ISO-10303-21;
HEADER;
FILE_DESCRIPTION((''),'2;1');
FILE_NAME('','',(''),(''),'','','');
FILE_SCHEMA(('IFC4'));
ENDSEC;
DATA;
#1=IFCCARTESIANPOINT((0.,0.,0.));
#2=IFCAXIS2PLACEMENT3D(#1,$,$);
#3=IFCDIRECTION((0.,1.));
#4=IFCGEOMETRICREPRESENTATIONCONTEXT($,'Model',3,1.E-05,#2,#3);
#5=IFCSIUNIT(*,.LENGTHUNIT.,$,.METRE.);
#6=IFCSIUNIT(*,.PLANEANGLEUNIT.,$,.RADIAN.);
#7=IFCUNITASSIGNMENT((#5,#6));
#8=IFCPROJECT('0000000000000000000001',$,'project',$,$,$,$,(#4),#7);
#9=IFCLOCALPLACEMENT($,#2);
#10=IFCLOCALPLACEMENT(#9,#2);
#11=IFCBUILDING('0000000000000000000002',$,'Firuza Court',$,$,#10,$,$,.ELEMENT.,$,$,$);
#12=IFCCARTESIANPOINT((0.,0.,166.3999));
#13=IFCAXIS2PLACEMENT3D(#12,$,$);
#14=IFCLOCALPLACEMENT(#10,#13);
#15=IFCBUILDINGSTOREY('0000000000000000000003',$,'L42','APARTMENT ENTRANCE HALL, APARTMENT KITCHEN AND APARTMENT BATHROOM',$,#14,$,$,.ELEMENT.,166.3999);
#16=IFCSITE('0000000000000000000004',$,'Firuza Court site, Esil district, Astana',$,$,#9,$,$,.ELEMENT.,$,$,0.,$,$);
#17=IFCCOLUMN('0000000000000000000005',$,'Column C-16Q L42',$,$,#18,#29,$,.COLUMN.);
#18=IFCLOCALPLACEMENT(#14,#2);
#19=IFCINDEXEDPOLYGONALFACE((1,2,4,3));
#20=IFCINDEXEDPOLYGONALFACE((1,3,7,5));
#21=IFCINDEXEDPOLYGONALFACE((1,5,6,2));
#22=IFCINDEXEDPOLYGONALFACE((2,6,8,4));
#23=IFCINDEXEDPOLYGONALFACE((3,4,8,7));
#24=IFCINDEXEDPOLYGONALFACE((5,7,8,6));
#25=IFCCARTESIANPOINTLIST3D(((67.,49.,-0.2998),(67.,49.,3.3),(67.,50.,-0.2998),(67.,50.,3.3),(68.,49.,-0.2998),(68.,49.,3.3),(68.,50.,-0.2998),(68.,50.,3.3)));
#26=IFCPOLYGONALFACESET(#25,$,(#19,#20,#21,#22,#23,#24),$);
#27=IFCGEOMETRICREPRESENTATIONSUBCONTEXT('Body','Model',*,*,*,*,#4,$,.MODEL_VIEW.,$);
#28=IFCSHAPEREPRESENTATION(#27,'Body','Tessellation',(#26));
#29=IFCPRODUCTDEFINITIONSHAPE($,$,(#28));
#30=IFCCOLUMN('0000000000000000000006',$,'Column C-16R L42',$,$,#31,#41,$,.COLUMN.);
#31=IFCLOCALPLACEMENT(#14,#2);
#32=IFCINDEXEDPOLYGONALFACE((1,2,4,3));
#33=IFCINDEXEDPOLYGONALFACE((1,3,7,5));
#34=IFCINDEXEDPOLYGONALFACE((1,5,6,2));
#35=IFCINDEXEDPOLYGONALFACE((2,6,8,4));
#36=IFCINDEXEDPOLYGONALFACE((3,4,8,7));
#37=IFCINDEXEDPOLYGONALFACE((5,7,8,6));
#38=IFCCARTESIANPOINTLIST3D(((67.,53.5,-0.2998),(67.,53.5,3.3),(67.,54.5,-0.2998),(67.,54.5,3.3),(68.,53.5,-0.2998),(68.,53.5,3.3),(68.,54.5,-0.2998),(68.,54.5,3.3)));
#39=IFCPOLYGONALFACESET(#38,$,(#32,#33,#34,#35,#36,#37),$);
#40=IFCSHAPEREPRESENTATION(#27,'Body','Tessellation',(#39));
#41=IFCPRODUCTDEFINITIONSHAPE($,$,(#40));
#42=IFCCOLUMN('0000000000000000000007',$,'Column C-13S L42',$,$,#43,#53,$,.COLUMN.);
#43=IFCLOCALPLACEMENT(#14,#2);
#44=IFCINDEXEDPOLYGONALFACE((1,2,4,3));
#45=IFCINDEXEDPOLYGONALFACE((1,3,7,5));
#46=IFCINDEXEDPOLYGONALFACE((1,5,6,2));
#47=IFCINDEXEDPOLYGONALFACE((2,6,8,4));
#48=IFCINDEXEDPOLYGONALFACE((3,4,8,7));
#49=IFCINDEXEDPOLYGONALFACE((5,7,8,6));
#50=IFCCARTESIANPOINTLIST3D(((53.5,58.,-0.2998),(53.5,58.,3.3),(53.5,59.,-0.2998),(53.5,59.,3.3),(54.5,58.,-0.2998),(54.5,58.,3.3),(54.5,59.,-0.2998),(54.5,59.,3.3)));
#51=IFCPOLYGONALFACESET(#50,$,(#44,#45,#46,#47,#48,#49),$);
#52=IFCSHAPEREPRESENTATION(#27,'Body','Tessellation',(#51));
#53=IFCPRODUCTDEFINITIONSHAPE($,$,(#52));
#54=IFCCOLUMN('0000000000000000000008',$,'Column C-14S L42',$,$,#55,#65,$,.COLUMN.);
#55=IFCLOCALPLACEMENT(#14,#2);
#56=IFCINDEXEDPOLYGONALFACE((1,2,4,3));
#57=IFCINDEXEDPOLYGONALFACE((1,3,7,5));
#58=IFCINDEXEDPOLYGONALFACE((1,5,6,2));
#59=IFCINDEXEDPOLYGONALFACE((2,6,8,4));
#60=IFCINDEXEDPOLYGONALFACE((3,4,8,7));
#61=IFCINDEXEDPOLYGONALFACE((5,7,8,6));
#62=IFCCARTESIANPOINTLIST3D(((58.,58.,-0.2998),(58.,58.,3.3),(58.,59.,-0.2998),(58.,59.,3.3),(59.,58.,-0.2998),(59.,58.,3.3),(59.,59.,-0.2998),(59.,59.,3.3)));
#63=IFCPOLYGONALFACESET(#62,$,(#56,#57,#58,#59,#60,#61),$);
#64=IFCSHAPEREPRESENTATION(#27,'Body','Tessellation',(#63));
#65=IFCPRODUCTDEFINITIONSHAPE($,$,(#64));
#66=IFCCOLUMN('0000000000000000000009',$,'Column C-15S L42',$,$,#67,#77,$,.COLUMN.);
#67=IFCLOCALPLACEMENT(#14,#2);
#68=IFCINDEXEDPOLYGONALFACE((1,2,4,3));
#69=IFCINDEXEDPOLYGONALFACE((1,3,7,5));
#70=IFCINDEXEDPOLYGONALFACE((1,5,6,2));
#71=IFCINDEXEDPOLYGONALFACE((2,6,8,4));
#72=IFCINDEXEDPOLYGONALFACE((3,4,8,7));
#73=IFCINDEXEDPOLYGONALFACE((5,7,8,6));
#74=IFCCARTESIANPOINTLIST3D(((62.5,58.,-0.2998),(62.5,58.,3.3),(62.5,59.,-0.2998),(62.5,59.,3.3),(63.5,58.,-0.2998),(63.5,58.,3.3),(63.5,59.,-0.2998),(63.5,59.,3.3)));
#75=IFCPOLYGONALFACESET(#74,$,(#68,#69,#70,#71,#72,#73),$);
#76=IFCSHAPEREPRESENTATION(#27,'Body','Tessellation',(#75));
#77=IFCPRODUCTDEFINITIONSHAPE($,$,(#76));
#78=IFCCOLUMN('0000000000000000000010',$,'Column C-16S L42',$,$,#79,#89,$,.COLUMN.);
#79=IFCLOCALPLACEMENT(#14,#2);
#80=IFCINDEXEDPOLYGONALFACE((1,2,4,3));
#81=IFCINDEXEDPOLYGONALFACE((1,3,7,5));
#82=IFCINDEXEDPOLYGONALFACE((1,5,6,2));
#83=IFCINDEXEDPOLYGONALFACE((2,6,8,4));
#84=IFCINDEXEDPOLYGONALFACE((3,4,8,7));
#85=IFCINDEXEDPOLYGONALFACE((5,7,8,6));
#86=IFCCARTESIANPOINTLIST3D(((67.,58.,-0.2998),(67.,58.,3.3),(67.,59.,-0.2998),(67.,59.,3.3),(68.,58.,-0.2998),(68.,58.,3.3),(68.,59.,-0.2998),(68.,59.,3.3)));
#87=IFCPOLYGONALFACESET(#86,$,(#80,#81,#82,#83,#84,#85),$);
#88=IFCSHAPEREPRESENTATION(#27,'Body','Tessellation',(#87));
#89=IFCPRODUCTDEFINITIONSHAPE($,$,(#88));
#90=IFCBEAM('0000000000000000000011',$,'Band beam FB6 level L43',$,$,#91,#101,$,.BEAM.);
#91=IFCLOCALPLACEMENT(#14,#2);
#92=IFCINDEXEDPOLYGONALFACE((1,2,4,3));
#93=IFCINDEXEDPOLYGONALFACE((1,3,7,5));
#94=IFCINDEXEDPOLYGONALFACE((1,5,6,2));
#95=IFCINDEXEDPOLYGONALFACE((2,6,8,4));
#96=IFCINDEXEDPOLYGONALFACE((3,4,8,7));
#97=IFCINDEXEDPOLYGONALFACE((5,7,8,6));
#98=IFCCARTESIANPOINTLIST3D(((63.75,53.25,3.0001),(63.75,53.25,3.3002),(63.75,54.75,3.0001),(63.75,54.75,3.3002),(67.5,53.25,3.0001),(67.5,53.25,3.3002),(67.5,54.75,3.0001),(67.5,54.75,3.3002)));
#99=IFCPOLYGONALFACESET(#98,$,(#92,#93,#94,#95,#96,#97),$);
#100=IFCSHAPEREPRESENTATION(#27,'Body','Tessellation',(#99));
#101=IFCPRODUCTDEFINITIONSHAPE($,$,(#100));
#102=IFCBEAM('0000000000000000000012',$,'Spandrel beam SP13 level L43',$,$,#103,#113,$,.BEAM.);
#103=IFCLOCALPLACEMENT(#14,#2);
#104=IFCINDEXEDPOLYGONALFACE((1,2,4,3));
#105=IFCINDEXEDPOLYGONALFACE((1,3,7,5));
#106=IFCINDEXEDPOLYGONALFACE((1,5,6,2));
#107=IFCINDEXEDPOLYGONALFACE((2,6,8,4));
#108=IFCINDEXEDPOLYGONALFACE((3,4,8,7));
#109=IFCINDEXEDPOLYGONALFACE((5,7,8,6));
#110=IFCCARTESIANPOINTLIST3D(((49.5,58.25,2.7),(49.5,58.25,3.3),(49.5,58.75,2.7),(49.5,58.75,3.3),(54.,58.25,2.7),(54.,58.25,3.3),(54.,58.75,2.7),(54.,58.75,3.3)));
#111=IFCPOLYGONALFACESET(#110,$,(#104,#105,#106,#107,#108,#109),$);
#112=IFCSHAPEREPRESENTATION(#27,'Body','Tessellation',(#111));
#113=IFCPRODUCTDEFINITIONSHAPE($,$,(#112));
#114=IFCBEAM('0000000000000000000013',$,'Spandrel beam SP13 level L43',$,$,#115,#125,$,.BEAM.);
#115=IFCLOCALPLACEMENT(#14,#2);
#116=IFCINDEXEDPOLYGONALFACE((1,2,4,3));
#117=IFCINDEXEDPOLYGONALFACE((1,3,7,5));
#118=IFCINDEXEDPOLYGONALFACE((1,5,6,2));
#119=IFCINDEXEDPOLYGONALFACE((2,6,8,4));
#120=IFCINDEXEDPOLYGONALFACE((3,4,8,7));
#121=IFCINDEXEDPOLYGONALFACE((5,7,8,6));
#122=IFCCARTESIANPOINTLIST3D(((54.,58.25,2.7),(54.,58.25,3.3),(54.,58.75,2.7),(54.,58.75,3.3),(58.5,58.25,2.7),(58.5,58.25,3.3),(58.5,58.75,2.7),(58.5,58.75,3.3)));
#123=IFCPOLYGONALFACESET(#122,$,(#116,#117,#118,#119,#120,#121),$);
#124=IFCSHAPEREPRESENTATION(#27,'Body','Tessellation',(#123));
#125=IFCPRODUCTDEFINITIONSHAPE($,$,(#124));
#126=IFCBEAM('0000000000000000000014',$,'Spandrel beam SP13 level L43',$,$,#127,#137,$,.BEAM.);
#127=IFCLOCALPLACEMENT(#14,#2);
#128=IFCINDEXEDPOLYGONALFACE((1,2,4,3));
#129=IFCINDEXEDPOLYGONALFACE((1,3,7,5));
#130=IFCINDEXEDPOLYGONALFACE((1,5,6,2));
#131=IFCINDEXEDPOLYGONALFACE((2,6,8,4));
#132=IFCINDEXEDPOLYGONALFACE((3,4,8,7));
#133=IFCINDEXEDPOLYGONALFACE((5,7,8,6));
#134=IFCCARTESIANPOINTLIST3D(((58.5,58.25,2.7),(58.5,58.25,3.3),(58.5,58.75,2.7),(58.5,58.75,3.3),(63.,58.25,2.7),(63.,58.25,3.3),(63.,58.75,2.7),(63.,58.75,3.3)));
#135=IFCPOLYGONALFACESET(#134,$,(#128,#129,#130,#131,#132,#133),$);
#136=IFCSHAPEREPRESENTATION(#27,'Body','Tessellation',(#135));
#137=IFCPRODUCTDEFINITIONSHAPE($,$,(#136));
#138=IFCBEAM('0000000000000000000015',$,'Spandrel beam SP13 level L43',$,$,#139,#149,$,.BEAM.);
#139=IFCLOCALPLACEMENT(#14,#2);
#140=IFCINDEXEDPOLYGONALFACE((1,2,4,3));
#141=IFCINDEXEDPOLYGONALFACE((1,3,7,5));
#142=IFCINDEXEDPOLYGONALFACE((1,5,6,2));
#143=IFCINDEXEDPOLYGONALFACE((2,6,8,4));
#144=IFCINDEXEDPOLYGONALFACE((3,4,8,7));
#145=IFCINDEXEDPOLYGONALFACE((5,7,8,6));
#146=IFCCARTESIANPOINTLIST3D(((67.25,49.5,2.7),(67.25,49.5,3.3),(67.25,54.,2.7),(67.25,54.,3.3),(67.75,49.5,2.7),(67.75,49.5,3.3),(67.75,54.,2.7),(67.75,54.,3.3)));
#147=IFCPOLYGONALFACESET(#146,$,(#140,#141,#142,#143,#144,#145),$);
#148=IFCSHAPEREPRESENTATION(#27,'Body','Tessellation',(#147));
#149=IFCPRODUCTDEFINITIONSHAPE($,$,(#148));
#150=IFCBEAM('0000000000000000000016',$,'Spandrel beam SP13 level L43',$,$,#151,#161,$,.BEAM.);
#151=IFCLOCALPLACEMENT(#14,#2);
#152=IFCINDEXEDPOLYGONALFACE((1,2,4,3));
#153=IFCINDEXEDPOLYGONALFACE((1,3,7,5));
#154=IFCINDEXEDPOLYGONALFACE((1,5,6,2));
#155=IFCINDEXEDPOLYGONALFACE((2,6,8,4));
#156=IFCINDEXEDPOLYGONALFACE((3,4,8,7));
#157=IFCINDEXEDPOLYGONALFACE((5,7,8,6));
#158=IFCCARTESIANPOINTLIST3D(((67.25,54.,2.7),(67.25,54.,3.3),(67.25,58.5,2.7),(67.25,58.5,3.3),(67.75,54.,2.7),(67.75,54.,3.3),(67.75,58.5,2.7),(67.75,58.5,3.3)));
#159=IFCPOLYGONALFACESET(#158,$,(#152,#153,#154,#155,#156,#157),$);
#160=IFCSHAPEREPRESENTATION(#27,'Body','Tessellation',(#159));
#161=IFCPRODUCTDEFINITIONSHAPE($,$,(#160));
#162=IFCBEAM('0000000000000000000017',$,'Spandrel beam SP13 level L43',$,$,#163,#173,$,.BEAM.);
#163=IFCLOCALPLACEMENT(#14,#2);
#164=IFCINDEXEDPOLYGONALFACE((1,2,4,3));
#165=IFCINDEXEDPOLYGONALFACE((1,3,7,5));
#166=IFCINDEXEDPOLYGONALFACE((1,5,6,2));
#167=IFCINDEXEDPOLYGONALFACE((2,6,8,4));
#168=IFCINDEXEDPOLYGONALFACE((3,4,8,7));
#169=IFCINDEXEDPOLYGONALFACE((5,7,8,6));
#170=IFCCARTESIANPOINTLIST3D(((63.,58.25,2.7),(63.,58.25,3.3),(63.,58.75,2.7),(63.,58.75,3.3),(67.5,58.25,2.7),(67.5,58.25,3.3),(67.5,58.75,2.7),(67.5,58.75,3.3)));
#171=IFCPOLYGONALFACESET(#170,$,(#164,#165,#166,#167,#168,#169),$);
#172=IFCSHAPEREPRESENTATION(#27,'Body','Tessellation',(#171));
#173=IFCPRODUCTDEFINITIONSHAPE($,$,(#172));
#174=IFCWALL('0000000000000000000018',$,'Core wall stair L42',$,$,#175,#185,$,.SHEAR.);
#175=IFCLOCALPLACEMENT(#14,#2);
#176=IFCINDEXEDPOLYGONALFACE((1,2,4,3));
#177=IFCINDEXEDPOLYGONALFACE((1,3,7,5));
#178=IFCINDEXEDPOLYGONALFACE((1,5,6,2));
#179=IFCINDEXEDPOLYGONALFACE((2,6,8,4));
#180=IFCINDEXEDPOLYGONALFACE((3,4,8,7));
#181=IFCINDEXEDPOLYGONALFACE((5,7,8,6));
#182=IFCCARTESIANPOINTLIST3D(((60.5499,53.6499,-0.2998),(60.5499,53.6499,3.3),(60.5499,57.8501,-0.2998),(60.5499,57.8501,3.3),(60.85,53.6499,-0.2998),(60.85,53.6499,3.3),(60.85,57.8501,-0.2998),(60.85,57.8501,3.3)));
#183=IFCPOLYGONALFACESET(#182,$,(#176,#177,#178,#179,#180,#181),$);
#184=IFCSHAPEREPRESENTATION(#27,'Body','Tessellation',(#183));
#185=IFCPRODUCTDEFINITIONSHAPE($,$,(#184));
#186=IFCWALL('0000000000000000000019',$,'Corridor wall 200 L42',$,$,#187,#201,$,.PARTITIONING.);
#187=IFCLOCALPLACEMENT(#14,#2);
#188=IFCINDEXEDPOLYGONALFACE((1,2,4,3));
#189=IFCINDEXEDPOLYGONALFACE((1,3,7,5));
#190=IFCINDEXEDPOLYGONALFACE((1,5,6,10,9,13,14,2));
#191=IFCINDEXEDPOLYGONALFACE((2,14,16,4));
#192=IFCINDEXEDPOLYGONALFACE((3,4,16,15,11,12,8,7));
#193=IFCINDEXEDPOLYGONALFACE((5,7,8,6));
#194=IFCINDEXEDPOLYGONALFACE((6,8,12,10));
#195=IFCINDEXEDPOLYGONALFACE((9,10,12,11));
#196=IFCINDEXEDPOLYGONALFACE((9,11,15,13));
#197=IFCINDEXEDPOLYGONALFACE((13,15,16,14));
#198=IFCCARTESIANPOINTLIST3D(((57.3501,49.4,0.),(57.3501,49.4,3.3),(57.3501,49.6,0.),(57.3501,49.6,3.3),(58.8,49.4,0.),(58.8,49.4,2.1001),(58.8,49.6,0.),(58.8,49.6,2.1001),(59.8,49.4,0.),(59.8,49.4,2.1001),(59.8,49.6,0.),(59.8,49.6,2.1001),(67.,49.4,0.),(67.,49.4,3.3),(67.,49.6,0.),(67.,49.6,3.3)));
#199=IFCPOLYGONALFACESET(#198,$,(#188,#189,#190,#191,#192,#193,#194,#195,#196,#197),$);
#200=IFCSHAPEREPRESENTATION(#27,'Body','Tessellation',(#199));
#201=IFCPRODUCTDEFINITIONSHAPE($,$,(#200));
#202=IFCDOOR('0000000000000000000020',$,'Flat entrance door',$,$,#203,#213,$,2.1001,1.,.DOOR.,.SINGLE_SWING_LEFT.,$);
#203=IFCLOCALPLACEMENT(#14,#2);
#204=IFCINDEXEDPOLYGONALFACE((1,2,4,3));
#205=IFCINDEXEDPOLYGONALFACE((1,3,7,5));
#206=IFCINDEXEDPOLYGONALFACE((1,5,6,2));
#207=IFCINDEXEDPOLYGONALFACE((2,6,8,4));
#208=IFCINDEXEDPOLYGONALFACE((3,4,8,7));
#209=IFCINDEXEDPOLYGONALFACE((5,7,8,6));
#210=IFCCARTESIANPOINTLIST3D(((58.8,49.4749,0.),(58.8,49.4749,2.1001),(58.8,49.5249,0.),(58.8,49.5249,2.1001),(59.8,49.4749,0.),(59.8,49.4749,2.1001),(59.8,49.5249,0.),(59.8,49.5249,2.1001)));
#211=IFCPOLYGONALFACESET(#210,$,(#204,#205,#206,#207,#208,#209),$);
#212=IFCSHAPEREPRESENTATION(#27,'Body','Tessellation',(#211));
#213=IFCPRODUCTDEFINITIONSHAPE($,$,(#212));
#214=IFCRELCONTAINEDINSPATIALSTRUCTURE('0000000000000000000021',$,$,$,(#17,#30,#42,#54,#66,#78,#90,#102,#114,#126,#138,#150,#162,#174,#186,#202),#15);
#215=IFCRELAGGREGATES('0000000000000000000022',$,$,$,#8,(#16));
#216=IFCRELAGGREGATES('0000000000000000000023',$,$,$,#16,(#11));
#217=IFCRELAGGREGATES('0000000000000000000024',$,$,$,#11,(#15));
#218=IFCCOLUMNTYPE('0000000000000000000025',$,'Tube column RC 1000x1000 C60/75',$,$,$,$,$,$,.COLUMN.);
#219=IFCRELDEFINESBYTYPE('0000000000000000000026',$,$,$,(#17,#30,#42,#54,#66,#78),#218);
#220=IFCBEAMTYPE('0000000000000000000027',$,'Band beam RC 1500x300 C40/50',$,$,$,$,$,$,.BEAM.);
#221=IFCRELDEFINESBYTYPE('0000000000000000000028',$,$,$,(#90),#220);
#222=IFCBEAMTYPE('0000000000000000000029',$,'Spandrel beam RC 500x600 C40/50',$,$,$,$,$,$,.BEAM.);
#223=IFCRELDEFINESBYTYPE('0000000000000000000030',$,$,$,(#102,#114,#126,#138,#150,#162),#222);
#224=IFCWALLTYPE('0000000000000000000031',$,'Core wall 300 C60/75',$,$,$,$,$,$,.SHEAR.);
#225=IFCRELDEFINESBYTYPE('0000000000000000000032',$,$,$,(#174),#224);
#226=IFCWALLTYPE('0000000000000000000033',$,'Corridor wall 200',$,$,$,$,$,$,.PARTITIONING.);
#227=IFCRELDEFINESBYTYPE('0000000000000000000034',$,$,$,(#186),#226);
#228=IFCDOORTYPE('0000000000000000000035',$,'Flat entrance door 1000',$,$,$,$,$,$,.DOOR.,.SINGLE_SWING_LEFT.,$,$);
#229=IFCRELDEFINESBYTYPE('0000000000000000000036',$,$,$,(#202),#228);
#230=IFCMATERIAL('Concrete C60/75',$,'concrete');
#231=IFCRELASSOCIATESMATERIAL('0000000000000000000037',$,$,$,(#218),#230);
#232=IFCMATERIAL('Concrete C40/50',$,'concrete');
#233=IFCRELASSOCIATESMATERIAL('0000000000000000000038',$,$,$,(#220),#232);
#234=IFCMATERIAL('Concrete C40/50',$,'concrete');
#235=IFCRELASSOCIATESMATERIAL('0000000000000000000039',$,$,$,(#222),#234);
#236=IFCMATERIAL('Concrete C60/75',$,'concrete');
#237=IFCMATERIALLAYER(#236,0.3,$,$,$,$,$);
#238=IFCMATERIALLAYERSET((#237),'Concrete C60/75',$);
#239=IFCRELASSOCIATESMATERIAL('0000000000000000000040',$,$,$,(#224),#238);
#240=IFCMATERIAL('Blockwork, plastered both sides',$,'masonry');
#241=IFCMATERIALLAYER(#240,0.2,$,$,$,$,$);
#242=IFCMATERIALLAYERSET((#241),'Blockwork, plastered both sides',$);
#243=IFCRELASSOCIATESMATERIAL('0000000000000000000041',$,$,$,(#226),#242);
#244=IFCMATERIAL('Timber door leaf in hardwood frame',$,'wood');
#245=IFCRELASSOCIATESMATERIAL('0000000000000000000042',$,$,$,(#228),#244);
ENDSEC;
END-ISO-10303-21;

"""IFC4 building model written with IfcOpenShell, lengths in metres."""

from ifc_helpers import new_model, si_unit, direction, frame, frame_2d, origin, origin_2d, place, context, subcontext, project, spatial, rectangle, extrude, material, layer, layer_set, material_profile, profile_set, type_object, element, fill, save


model = new_model("IFC4")

# Units and contexts
model_context = context("Model", 3, precision=1e-05, world=origin(), true_north=direction((0.0, 1.0)))
body_context = subcontext(model_context, "Body", "Model", "MODEL_VIEW")
ifc_project = project(units=[si_unit("LENGTHUNIT", "METRE"), si_unit("PLANEANGLEUNIT", "RADIAN")], contexts=[model_context])

# Site, building, storey
site_placement = place(None, origin())
site = spatial("IfcSite", under=ifc_project, at=site_placement, Name="Firuza Court site, Esil district, Astana", CompositionType="ELEMENT", RefElevation=0.0)
building_placement = place(site_placement, origin())
building = spatial("IfcBuilding", under=site, at=building_placement, Name="Firuza Court", CompositionType="ELEMENT")
storey_placement = place(building_placement, frame((0.0, 0.0, 166.3999)))
storey = spatial("IfcBuildingStorey", under=building, at=storey_placement, Name="L42", Description="APARTMENT ENTRANCE HALL, APARTMENT KITCHEN AND APARTMENT BATHROOM", CompositionType="ELEMENT", Elevation=166.3999)

# Columns
ifc_material_1 = material(Name="Concrete C60/75", Category="concrete")
ifc_material_profile_1 = material_profile(ifc_material_1, rectangle(XDim=1.0, YDim=1.0, at=origin_2d()), Name="RC 1000x1000")
ifc_profile_set_1 = profile_set([ifc_material_profile_1], Name="Concrete C60/75")
column_type = type_object("IfcColumnType", Name="Tube column RC 1000x1000 C60/75", PredefinedType="COLUMN", material=ifc_profile_set_1)
for number, where, z_axis, x_axis, name in (
    (1, (67.5, 49.5, -0.2998), (0.0, 0.0, 1.0), (1.0, 0.0, 0.0), "Column C-16Q L42"),
    (2, (67.5, 54.0, -0.2998), (0.0, 0.0, 1.0), (1.0, 0.0, 0.0), "Column C-16R L42"),
    (3, (54.0, 58.5, -0.2998), (0.0, 0.0, 1.0), (1.0, 0.0, 0.0), "Column C-13S L42"),
    (4, (58.5, 58.5, -0.2998), (0.0, 0.0, 1.0), (1.0, 0.0, 0.0), "Column C-14S L42"),
    (5, (63.0, 58.5, -0.2998), (0.0, 0.0, 1.0), (1.0, 0.0, 0.0), "Column C-15S L42"),
    (6, (67.5, 58.5, -0.2998), (0.0, 0.0, 1.0), (1.0, 0.0, 0.0), "Column C-16S L42"),
):
    element("IfcColumn", number, at=place(storey_placement, frame(where, z_axis=z_axis, x_axis=x_axis)), inside=storey, type_object=column_type, Name=name, PredefinedType="COLUMN", context=body_context, shape_type="SweptSolid", body=[
        extrude(rectangle(XDim=1.0, YDim=1.0, at=origin_2d()), origin(), (0.0, 0.0, 1.0), 3.5999),
    ])

# Beams
ifc_material_2 = material(Name="Concrete C40/50", Category="concrete")
ifc_material_profile_2 = material_profile(ifc_material_2, rectangle(XDim=1.5, YDim=0.3, at=origin_2d()), Name="RC 1500x300")
ifc_profile_set_2 = profile_set([ifc_material_profile_2], Name="Concrete C40/50")
beam_type_1 = type_object("IfcBeamType", Name="Band beam RC 1500x300 C40/50", PredefinedType="BEAM", material=ifc_profile_set_2)
beam_placement = place(storey_placement, frame((67.5, 54.0, 3.1501), z_axis=(-1.0, 0.0, 0.0), x_axis=(0.0, -1.0, 0.0)))
element("IfcBeam", 7, at=beam_placement, inside=storey, type_object=beam_type_1, Name="Band beam FB6 level L43", PredefinedType="BEAM", context=body_context, shape_type="SweptSolid", body=[
    extrude(rectangle(XDim=1.5, YDim=0.3, at=origin_2d()), origin(), (0.0, 0.0, 1.0), 3.75),
])
ifc_material_3 = material(Name="Concrete C40/50", Category="concrete")
ifc_material_profile_3 = material_profile(ifc_material_3, rectangle(XDim=0.5, YDim=0.6001, at=origin_2d()), Name="RC 500x600")
ifc_profile_set_3 = profile_set([ifc_material_profile_3], Name="Concrete C40/50")
beam_type_2 = type_object("IfcBeamType", Name="Spandrel beam RC 500x600 C40/50", PredefinedType="BEAM", material=ifc_profile_set_3)
for number, where, z_axis, x_axis, name in (
    (8, (54.0, 58.5, 3.0), (-1.0, 0.0, 0.0), (0.0, -1.0, 0.0), "Spandrel beam SP13 level L43"),
    (9, (58.5, 58.5, 3.0), (-1.0, 0.0, 0.0), (0.0, -1.0, 0.0), "Spandrel beam SP13 level L43"),
    (10, (63.0, 58.5, 3.0), (-1.0, 0.0, 0.0), (0.0, -1.0, 0.0), "Spandrel beam SP13 level L43"),
    (11, (67.5, 49.5, 3.0), (0.0, 1.0, 0.0), (-1.0, 0.0, 0.0), "Spandrel beam SP13 level L43"),
    (12, (67.5, 54.0, 3.0), (0.0, 1.0, 0.0), (-1.0, 0.0, 0.0), "Spandrel beam SP13 level L43"),
    (13, (67.5, 58.5, 3.0), (-1.0, 0.0, 0.0), (0.0, -1.0, 0.0), "Spandrel beam SP13 level L43"),
):
    element("IfcBeam", number, at=place(storey_placement, frame(where, z_axis=z_axis, x_axis=x_axis)), inside=storey, type_object=beam_type_2, Name=name, PredefinedType="BEAM", context=body_context, shape_type="SweptSolid", body=[
        extrude(rectangle(XDim=0.5, YDim=0.6001, at=origin_2d()), origin(), (0.0, 0.0, 1.0), 4.5),
    ])

# Wall
ifc_material_4 = material(Name="Concrete C60/75", Category="concrete")
ifc_layer_1 = layer(ifc_material_4, 0.3)
ifc_layer_set_1 = layer_set([ifc_layer_1], Name="Concrete C60/75")
wall_type_1 = type_object("IfcWallType", Name="Core wall 300 C60/75", PredefinedType="SHEAR", material=ifc_layer_set_1)
wall_1_placement = place(storey_placement, frame((60.7, 53.6499, -0.2998), z_axis=(0.0, 0.0, 1.0), x_axis=(0.0, 1.0, 0.0)))
element("IfcWall", 14, at=wall_1_placement, inside=storey, type_object=wall_type_1, Name="Core wall stair L42", PredefinedType="SHEAR", context=body_context, shape_type="SweptSolid", body=[
    extrude(rectangle(XDim=4.2002, YDim=0.3, at=frame_2d((2.1001, 0.0))), origin(), (0.0, 0.0, 1.0), 3.5999),
])

# Wall, opening, door
ifc_material_5 = material(Name="Blockwork, plastered both sides", Category="masonry")
ifc_layer_2 = layer(ifc_material_5, 0.2)
ifc_layer_set_2 = layer_set([ifc_layer_2], Name="Blockwork, plastered both sides")
wall_type_2 = type_object("IfcWallType", Name="Corridor wall 200", PredefinedType="PARTITIONING", material=ifc_layer_set_2)
wall_2_placement = place(storey_placement, frame((57.3501, 49.5, 0.0), z_axis=(0.0, 0.0, 1.0), x_axis=(1.0, 0.0, 0.0)))
wall_2 = element("IfcWall", 15, at=wall_2_placement, inside=storey, type_object=wall_type_2, Name="Corridor wall 200 L42", PredefinedType="PARTITIONING", context=body_context, shape_type="SweptSolid", body=[
    extrude(rectangle(XDim=9.6499, YDim=0.2, at=frame_2d((4.825, 0.0))), origin(), (0.0, 0.0, 1.0), 3.3),
])
opening_1_placement = place(wall_2_placement, frame((1.45, 0.0, 0.0)))
opening_1 = element("IfcOpeningElement", 16, at=opening_1_placement, cuts=wall_2, PredefinedType="OPENING", context=body_context, shape_type="SweptSolid", body=[
    extrude(rectangle(XDim=1.0, YDim=2.1001, at=frame_2d((0.5, 1.05))), frame((0.0, 0.1118, 0.0), z_axis=(0.0, -1.0, 0.0), x_axis=(1.0, 0.0, 0.0)), (0.0, 0.0, 1.0), 0.2239),
])
ifc_material_6 = material(Name="Timber door leaf in hardwood frame", Category="wood")
door_type_1 = type_object("IfcDoorType", Name="Flat entrance door 1000", OperationType="SINGLE_SWING_LEFT", PredefinedType="DOOR", material=ifc_material_6)
door_1_placement = place(opening_1_placement, origin())
door_1 = element("IfcDoor", 17, at=door_1_placement, inside=storey, type_object=door_type_1, Name="Flat entrance door", OperationType="SINGLE_SWING_LEFT", OverallHeight=2.1001, OverallWidth=1.0, PredefinedType="DOOR", context=body_context, shape_type="SweptSolid", body=[
    extrude(rectangle(XDim=1.0, YDim=2.1001, at=frame_2d((0.5, 1.05))), frame((0.0, 0.0249, 0.0), z_axis=(0.0, -1.0, 0.0), x_axis=(1.0, 0.0, 0.0)), (0.0, 0.0, 1.0), 0.05),
])
fill(opening_1, door_1)

save(model, "model.ifc")
